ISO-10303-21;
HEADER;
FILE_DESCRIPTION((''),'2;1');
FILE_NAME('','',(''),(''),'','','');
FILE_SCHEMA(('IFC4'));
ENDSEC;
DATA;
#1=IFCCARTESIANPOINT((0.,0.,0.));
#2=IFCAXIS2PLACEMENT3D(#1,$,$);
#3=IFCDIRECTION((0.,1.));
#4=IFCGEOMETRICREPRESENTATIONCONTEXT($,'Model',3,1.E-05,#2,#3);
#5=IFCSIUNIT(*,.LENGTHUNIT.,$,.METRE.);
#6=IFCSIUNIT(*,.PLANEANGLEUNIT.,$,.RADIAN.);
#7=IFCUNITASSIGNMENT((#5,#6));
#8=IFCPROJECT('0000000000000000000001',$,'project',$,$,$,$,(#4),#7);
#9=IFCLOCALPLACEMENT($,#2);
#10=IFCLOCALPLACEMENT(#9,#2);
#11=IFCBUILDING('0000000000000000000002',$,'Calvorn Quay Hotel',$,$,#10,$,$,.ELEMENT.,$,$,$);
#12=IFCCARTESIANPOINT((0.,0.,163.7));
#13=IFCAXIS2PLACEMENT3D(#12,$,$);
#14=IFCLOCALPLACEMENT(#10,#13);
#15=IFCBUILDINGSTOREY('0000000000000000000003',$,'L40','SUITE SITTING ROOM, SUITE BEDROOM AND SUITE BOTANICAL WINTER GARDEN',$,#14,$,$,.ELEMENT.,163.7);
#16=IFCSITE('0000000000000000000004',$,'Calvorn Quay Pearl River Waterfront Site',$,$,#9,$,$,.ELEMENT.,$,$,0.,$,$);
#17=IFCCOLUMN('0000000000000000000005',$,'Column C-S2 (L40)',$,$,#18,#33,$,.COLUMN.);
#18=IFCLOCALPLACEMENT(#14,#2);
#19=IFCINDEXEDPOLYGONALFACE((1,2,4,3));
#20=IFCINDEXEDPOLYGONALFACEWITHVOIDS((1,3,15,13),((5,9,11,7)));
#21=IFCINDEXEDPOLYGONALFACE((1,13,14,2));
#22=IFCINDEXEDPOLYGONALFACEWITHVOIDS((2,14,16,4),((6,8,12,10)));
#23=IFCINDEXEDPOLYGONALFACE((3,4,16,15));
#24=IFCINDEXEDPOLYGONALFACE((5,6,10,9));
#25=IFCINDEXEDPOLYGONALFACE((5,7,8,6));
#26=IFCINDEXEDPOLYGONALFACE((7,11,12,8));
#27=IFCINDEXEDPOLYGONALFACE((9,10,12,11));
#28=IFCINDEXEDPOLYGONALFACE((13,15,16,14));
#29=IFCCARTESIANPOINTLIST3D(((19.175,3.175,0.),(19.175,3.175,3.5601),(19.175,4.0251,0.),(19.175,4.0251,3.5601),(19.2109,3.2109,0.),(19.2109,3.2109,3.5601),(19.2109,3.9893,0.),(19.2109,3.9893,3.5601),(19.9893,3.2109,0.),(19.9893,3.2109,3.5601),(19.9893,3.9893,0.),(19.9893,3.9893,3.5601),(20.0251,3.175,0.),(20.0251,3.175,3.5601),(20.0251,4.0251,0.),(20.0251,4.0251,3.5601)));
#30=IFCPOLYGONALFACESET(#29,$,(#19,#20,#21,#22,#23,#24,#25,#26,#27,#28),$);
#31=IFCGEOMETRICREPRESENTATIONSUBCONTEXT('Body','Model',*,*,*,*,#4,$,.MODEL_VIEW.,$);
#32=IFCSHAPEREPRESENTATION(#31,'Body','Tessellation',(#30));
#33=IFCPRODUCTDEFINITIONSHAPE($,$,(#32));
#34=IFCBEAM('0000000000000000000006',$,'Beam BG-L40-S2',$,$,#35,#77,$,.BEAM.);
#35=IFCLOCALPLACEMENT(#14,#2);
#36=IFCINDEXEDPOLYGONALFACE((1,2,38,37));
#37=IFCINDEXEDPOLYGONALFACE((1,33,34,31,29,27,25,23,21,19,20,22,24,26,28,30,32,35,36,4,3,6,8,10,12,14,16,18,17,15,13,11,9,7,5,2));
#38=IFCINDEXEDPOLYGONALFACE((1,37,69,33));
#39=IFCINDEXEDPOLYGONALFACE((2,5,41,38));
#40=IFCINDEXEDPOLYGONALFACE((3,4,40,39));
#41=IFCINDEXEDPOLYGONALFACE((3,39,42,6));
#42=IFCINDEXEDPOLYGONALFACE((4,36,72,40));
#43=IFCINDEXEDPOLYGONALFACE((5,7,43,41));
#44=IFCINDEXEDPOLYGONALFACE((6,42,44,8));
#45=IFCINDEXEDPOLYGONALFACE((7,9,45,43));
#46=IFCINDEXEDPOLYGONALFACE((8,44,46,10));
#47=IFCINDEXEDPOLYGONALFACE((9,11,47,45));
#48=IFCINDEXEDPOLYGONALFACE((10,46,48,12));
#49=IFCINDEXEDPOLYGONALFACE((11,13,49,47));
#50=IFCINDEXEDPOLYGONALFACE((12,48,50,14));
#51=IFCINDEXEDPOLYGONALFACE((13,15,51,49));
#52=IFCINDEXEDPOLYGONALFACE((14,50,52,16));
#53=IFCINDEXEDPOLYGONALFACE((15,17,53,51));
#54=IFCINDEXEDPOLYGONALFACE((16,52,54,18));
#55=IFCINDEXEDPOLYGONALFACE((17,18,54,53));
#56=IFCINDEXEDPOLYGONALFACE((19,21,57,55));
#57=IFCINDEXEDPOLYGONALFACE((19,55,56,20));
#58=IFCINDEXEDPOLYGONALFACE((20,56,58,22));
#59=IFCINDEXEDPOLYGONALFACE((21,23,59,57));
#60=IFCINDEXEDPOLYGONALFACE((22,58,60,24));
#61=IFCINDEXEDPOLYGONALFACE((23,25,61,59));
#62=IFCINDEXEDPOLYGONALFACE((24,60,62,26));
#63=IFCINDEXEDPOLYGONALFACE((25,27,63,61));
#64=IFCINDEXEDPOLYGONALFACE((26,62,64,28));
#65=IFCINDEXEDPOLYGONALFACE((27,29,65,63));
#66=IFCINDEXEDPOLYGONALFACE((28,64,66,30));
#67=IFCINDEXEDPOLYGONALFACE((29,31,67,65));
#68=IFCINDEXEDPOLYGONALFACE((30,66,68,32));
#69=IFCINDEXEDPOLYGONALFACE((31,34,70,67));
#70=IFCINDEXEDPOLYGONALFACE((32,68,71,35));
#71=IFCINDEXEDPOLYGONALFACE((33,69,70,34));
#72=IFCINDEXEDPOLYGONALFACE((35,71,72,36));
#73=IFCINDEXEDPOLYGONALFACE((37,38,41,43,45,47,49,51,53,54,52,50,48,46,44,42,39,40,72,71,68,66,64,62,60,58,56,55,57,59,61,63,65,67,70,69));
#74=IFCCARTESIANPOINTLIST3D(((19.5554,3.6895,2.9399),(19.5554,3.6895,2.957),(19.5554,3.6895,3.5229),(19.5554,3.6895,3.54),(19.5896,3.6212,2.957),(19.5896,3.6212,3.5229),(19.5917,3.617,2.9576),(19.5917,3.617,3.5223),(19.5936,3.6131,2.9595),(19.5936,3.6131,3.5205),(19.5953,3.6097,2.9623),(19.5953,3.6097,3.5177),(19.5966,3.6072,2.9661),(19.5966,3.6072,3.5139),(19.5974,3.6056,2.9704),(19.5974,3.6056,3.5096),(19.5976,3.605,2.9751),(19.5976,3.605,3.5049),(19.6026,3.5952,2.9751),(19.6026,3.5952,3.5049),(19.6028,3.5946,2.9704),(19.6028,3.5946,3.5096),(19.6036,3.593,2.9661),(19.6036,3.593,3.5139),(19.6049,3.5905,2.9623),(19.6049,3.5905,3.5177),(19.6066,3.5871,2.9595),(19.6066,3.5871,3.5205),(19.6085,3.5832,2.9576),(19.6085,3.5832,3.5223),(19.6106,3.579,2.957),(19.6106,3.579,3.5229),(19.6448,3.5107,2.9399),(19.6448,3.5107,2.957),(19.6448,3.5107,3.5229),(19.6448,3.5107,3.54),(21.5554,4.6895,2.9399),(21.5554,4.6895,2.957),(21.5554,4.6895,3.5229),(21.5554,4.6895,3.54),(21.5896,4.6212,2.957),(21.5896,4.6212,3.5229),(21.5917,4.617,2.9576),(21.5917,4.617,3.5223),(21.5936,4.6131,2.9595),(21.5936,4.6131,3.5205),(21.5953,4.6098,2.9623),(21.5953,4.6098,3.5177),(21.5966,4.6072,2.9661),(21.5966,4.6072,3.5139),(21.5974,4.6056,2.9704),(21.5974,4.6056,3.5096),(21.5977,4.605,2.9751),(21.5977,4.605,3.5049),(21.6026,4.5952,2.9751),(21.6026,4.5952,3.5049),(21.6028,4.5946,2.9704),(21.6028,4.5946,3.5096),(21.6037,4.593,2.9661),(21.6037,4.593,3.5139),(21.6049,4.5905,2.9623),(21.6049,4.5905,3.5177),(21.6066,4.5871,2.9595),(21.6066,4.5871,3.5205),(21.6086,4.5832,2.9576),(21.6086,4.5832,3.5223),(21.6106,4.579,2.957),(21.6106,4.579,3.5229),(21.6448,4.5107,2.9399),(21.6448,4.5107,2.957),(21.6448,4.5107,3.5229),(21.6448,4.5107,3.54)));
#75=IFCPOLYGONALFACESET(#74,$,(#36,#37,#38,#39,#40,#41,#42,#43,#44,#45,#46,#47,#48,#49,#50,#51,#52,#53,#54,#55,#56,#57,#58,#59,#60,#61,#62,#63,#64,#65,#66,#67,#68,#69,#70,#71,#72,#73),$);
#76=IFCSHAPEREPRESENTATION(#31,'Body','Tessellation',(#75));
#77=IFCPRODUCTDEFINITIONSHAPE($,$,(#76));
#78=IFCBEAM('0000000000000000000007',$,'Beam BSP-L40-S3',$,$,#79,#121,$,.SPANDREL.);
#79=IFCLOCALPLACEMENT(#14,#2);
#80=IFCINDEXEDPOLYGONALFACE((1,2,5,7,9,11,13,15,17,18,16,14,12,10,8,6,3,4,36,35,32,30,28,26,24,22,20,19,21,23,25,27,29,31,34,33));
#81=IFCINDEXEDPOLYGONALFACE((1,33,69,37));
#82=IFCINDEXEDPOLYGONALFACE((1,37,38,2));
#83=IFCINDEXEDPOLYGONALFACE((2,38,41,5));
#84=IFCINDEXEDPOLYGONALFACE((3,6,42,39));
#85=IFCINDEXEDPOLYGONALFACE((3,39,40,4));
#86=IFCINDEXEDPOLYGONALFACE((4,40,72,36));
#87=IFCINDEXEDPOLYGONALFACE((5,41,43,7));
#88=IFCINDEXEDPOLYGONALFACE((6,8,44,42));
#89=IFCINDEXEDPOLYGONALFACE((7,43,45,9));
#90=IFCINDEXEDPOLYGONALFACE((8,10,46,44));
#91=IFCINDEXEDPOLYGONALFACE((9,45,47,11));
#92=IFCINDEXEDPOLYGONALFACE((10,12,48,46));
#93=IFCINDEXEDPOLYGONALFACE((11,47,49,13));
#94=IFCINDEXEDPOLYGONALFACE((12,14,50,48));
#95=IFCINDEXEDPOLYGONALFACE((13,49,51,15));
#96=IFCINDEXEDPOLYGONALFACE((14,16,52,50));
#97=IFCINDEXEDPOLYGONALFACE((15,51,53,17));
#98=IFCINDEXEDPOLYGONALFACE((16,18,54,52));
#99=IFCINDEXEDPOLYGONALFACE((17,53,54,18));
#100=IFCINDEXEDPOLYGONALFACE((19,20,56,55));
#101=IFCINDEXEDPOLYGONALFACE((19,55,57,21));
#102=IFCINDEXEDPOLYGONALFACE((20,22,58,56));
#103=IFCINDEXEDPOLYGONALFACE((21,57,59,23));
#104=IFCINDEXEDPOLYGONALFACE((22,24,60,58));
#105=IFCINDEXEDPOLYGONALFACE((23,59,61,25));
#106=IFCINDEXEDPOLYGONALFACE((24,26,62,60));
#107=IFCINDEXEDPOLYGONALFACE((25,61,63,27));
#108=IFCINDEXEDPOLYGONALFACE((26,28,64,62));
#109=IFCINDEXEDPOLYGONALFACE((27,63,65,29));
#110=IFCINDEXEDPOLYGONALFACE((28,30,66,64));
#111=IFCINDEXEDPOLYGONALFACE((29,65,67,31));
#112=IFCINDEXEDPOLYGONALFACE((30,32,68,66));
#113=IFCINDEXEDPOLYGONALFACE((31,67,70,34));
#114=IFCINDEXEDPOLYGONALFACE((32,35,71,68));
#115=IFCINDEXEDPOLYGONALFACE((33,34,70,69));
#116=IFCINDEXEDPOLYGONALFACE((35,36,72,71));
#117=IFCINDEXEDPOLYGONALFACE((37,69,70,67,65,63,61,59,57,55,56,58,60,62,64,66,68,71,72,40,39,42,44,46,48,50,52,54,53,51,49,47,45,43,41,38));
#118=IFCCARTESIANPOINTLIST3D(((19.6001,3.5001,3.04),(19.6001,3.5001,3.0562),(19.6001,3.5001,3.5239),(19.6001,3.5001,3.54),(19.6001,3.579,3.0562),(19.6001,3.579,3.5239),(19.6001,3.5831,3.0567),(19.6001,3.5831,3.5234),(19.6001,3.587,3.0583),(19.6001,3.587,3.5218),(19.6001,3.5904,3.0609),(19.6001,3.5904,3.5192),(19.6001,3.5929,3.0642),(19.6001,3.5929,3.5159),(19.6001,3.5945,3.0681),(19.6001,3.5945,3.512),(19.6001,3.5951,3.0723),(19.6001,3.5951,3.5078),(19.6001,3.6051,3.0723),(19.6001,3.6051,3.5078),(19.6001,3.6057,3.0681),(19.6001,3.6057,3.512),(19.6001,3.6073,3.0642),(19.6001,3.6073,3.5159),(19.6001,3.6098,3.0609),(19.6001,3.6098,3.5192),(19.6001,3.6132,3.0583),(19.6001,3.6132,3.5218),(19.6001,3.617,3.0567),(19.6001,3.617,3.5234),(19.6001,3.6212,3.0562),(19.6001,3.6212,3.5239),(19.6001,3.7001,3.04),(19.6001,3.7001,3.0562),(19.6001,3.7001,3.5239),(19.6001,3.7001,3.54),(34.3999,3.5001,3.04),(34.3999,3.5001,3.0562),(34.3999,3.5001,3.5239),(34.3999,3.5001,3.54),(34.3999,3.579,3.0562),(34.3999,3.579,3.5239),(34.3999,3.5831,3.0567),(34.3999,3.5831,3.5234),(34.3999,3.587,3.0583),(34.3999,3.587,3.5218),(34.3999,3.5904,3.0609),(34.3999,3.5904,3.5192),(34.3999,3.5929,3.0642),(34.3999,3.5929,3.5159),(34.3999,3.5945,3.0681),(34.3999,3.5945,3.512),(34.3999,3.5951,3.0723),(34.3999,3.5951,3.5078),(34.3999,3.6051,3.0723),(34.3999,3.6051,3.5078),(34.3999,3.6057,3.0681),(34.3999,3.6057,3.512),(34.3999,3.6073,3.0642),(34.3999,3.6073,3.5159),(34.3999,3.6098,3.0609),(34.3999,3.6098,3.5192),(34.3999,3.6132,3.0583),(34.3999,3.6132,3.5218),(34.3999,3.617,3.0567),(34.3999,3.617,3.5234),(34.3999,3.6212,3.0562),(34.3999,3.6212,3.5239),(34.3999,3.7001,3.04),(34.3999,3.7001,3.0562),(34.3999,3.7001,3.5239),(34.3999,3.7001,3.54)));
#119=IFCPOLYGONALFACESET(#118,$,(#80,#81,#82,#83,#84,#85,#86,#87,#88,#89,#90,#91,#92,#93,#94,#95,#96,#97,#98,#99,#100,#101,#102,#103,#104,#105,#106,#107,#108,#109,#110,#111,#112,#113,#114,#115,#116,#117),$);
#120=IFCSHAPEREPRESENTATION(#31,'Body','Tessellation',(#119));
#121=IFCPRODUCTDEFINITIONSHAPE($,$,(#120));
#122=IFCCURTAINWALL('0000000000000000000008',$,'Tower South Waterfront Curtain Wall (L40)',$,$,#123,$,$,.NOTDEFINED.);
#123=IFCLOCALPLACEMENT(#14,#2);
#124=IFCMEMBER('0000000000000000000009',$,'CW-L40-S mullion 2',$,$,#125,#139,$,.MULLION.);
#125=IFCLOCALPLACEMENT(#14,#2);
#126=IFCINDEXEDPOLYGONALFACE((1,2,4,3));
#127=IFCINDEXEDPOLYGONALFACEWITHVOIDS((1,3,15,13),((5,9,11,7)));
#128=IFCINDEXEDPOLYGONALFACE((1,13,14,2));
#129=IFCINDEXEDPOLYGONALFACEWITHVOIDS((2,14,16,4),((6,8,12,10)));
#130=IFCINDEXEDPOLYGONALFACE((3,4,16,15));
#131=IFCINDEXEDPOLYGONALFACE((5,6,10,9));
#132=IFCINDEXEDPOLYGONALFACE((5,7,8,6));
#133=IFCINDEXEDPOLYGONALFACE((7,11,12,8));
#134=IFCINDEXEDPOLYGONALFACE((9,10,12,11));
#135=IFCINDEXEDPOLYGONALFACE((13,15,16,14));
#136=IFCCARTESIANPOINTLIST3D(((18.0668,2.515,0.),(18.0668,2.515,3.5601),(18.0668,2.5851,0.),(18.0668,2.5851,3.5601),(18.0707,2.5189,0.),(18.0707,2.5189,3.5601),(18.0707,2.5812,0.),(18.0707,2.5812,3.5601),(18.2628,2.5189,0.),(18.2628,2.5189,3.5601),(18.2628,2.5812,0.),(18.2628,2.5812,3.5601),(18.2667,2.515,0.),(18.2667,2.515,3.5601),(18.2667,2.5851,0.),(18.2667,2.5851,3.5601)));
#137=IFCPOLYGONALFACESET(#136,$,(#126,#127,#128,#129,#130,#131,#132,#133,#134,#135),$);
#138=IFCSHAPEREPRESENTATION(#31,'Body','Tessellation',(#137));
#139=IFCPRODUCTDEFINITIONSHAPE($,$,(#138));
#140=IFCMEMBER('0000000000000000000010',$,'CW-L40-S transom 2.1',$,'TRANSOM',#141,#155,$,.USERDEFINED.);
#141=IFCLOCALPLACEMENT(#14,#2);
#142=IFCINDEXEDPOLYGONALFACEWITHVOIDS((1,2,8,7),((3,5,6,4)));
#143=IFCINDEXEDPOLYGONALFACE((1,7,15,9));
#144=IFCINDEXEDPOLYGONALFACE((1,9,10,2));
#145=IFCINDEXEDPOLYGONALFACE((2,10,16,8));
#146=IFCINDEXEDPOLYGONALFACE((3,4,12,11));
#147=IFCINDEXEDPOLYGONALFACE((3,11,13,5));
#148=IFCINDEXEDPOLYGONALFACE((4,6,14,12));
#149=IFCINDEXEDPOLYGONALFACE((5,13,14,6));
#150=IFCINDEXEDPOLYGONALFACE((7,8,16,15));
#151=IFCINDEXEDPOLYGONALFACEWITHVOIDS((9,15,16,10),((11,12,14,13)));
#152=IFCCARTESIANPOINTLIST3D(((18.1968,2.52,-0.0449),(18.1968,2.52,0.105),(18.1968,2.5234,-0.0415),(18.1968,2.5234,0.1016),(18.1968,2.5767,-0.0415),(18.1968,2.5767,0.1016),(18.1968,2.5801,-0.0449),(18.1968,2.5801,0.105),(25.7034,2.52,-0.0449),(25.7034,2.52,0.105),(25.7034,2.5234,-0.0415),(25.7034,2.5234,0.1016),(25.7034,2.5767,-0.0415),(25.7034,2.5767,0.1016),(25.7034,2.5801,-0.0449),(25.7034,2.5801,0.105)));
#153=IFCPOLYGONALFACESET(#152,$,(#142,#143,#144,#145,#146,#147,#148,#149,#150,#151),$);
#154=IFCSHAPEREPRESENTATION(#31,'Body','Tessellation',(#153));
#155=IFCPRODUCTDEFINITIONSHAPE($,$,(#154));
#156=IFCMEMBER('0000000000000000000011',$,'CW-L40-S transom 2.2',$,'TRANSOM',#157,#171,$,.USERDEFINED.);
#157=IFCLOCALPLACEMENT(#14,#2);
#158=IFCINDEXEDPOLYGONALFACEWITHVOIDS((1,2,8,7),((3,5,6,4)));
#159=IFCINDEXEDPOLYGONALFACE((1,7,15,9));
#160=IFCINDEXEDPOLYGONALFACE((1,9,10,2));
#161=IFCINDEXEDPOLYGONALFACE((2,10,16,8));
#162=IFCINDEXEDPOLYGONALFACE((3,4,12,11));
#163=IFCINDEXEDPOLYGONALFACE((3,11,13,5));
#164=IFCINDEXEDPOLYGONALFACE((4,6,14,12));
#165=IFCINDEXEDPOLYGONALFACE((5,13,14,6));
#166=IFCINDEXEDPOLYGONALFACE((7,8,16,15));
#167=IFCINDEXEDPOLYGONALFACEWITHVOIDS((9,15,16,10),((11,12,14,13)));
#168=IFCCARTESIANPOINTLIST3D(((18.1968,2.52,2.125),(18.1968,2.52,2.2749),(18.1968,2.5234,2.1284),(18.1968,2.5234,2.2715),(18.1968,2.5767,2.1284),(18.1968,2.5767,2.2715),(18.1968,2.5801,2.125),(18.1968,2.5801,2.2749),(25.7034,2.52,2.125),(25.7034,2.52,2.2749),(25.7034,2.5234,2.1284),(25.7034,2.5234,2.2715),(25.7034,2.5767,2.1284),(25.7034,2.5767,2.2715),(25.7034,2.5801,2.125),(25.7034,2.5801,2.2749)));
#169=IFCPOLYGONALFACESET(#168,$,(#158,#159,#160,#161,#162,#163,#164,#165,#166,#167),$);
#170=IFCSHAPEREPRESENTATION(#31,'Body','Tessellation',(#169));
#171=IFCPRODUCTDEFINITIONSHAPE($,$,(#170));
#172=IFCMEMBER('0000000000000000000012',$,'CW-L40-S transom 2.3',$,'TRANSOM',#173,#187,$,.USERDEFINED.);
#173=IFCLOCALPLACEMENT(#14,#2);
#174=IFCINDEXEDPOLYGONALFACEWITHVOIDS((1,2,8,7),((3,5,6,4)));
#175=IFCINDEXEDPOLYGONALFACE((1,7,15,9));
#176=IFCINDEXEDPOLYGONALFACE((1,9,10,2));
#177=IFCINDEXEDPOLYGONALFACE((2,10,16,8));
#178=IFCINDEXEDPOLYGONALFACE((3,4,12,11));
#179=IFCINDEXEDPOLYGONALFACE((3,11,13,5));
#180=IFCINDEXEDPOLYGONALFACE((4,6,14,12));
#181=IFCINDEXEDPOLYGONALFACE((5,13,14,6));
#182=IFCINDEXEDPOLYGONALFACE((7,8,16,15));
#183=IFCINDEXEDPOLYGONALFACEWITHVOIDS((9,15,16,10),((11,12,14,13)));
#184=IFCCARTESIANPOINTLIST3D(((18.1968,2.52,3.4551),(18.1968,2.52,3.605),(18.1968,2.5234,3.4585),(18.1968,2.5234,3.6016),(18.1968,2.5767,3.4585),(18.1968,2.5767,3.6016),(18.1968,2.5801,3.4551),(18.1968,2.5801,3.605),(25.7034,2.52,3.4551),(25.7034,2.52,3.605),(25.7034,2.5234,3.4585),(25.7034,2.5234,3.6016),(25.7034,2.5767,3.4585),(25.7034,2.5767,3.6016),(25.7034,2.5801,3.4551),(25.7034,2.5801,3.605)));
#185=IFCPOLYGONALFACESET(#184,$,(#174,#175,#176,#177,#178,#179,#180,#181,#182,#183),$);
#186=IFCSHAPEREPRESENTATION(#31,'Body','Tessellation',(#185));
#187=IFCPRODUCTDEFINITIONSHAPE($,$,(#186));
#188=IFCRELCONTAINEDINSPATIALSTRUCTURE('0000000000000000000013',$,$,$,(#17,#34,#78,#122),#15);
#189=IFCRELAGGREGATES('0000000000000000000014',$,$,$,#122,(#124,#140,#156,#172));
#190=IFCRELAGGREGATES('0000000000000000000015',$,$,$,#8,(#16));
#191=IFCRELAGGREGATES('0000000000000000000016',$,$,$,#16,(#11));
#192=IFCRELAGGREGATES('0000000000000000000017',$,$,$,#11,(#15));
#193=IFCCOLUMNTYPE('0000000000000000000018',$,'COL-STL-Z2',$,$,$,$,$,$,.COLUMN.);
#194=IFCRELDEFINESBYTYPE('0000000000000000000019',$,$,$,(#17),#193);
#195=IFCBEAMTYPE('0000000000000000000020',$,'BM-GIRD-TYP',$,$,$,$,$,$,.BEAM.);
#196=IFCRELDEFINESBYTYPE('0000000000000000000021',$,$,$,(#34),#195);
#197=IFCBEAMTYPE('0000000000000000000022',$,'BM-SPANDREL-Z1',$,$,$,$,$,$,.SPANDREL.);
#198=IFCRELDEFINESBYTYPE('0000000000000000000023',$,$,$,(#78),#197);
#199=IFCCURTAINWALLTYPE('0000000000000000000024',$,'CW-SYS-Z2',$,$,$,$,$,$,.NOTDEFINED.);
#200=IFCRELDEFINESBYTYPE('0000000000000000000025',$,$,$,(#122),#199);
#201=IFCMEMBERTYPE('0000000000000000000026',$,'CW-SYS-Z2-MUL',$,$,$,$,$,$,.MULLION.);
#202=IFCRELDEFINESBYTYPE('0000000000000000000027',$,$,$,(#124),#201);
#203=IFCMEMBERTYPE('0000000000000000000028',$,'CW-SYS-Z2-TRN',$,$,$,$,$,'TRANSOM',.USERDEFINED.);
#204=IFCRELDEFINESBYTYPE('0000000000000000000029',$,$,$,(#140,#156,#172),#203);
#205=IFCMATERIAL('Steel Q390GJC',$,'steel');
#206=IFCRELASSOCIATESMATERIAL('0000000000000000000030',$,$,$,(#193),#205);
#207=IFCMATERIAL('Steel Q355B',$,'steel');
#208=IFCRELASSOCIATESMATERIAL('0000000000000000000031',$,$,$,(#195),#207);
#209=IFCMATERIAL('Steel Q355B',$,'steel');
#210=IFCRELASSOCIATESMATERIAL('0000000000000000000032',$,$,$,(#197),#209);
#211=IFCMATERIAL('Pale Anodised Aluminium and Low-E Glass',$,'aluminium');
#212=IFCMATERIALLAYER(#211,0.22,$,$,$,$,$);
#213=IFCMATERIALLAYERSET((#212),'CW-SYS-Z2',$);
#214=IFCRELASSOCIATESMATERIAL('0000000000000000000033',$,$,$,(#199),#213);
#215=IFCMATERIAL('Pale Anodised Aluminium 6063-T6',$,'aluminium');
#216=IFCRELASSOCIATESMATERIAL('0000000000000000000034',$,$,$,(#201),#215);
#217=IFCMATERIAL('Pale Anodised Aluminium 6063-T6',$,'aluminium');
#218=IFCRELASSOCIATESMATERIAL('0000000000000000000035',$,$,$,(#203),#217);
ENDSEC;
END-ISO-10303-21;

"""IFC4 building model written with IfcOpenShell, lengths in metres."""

from ifc_helpers import new_model, si_unit, direction, frame, origin, origin_2d, place, context, subcontext, project, spatial, hollow_rectangle, i_section, extrude, material, layer, layer_set, material_profile, profile_set, type_object, element, aggregate, save


model = new_model("IFC4")

# Units and contexts
model_context = context("Model", 3, precision=1e-05, world=origin(), true_north=direction((0.0, 1.0)))
body_context = subcontext(model_context, "Body", "Model", "MODEL_VIEW")
ifc_project = project(units=[si_unit("LENGTHUNIT", "METRE"), si_unit("PLANEANGLEUNIT", "RADIAN")], contexts=[model_context])

# Site, building, storey
site_placement = place(None, origin())
site = spatial("IfcSite", under=ifc_project, at=site_placement, Name="Calvorn Quay Pearl River Waterfront Site", CompositionType="ELEMENT", RefElevation=0.0)
building_placement = place(site_placement, origin())
building = spatial("IfcBuilding", under=site, at=building_placement, Name="Calvorn Quay Hotel", CompositionType="ELEMENT")
storey_placement = place(building_placement, frame((0.0, 0.0, 163.7)))
storey = spatial("IfcBuildingStorey", under=building, at=storey_placement, Name="L40", Description="SUITE SITTING ROOM, SUITE BEDROOM AND SUITE BOTANICAL WINTER GARDEN", CompositionType="ELEMENT", Elevation=163.7)

# Column
ifc_material_1 = material(Name="Steel Q390GJC", Category="steel")
ifc_material_profile_1 = material_profile(ifc_material_1, hollow_rectangle(XDim=0.8501, YDim=0.8501, WallThickness=0.0359, at=origin_2d()), Name="BOX850x850x36")
ifc_profile_set_1 = profile_set([ifc_material_profile_1], Name="Steel Q390GJC")
column_type = type_object("IfcColumnType", Name="COL-STL-Z2", PredefinedType="COLUMN", material=ifc_profile_set_1)
column_placement = place(storey_placement, frame((19.6001, 3.6001, 0.0), z_axis=(0.0, 0.0, 1.0), x_axis=(1.0, 0.0, 0.0)))
element("IfcColumn", 1, at=column_placement, inside=storey, type_object=column_type, Name="Column C-S2 (L40)", PredefinedType="COLUMN", context=body_context, shape_type="SweptSolid", body=[
    extrude(hollow_rectangle(XDim=0.8501, YDim=0.8501, WallThickness=0.0359, at=origin_2d()), origin(), (0.0, 0.0, 1.0), 3.5601),
])

# Beams
ifc_material_2 = material(Name="Steel Q355B", Category="steel")
ifc_material_profile_2 = material_profile(ifc_material_2, i_section(OverallWidth=0.2, OverallDepth=0.6001, WebThickness=0.011, FlangeThickness=0.0171, FilletRadius=0.0181, at=origin_2d()), Name="HN600x200x11x17")
ifc_profile_set_2 = profile_set([ifc_material_profile_2], Name="Steel Q355B")
beam_type_1 = type_object("IfcBeamType", Name="BM-GIRD-TYP", PredefinedType="BEAM", material=ifc_profile_set_2)
beam_1_placement = place(storey_placement, frame((19.6001, 3.6001, 3.24), z_axis=(0.894427, 0.447214, 0.0), x_axis=(-0.447214, 0.894427, 0.0)))
element("IfcBeam", 2, at=beam_1_placement, inside=storey, type_object=beam_type_1, Name="Beam BG-L40-S2", PredefinedType="BEAM", context=body_context, shape_type="SweptSolid", body=[
    extrude(i_section(OverallWidth=0.2, OverallDepth=0.6001, WebThickness=0.011, FlangeThickness=0.0171, FilletRadius=0.0181, at=origin_2d()), origin(), (0.0, 0.0, 1.0), 2.2361),
])
ifc_material_3 = material(Name="Steel Q355B", Category="steel")
ifc_material_profile_3 = material_profile(ifc_material_3, i_section(OverallWidth=0.2, OverallDepth=0.5, WebThickness=0.01, FlangeThickness=0.0161, FilletRadius=0.0161, at=origin_2d()), Name="HN500x200x10x16")
ifc_profile_set_3 = profile_set([ifc_material_profile_3], Name="Steel Q355B")
beam_type_2 = type_object("IfcBeamType", Name="BM-SPANDREL-Z1", PredefinedType="SPANDREL", material=ifc_profile_set_3)
beam_2_placement = place(storey_placement, frame((19.6001, 3.6001, 3.29), z_axis=(1.0, 0.0, 0.0), x_axis=(0.0, 1.0, 0.0)))
element("IfcBeam", 3, at=beam_2_placement, inside=storey, type_object=beam_type_2, Name="Beam BSP-L40-S3", PredefinedType="SPANDREL", context=body_context, shape_type="SweptSolid", body=[
    extrude(i_section(OverallWidth=0.2, OverallDepth=0.5, WebThickness=0.01, FlangeThickness=0.0161, FilletRadius=0.0161, at=origin_2d()), origin(), (0.0, 0.0, 1.0), 14.7998),
])

# Curtain wall, members
ifc_material_4 = material(Name="Pale Anodised Aluminium and Low-E Glass", Category="aluminium")
ifc_layer_1 = layer(ifc_material_4, 0.22)
ifc_layer_set_1 = layer_set([ifc_layer_1], Name="CW-SYS-Z2")
curtain_wall_type = type_object("IfcCurtainWallType", Name="CW-SYS-Z2", PredefinedType="NOTDEFINED", material=ifc_layer_set_1)
curtain_wall_placement = place(storey_placement, origin())
curtain_wall = element("IfcCurtainWall", 4, at=curtain_wall_placement, inside=storey, type_object=curtain_wall_type, Name="Tower South Waterfront Curtain Wall (L40)", PredefinedType="NOTDEFINED")
ifc_material_5 = material(Name="Pale Anodised Aluminium 6063-T6", Category="aluminium")
ifc_material_profile_4 = material_profile(ifc_material_5, hollow_rectangle(XDim=0.0701, YDim=0.2, WallThickness=0.0039, at=origin_2d()), Name="ALU-M200x70x4")
ifc_profile_set_4 = profile_set([ifc_material_profile_4], Name="Pale Anodised Aluminium 6063-T6")
member_type_1 = type_object("IfcMemberType", Name="CW-SYS-Z2-MUL", PredefinedType="MULLION", material=ifc_profile_set_4)
member_1_placement = place(storey_placement, frame((18.1667, 2.55, 0.0), z_axis=(0.0, 0.0, 1.0), x_axis=(0.0, 1.0, 0.0)))
member_1 = element("IfcMember", 5, at=member_1_placement, type_object=member_type_1, Name="CW-L40-S mullion 2", PredefinedType="MULLION", context=body_context, shape_type="SweptSolid", body=[
    extrude(hollow_rectangle(XDim=0.0701, YDim=0.2, WallThickness=0.0039, at=origin_2d()), origin(), (0.0, 0.0, 1.0), 3.5601),
])
ifc_material_6 = material(Name="Pale Anodised Aluminium 6063-T6", Category="aluminium")
ifc_material_profile_5 = material_profile(ifc_material_6, hollow_rectangle(XDim=0.0601, YDim=0.1499, WallThickness=0.0034, at=origin_2d()), Name="ALU-T150x60x3.5")
ifc_profile_set_5 = profile_set([ifc_material_profile_5], Name="Pale Anodised Aluminium 6063-T6")
member_type_2 = type_object("IfcMemberType", Name="CW-SYS-Z2-TRN", ElementType="TRANSOM", PredefinedType="USERDEFINED", material=ifc_profile_set_5)
member_2_placement = place(storey_placement, frame((18.1968, 2.55, 0.03), z_axis=(1.0, 0.0, 0.0), x_axis=(0.0, 1.0, 0.0)))
member_2 = element("IfcMember", 6, at=member_2_placement, type_object=member_type_2, Name="CW-L40-S transom 2.1", ObjectType="TRANSOM", PredefinedType="USERDEFINED", context=body_context, shape_type="SweptSolid", body=[
    extrude(hollow_rectangle(XDim=0.0601, YDim=0.1499, WallThickness=0.0034, at=origin_2d()), origin(), (0.0, 0.0, 1.0), 7.5066),
])
member_3_placement = place(storey_placement, frame((18.1968, 2.55, 2.2), z_axis=(1.0, 0.0, 0.0), x_axis=(0.0, 1.0, 0.0)))
member_3 = element("IfcMember", 7, at=member_3_placement, type_object=member_type_2, Name="CW-L40-S transom 2.2", ObjectType="TRANSOM", PredefinedType="USERDEFINED", context=body_context, shape_type="SweptSolid", body=[
    extrude(hollow_rectangle(XDim=0.0601, YDim=0.1499, WallThickness=0.0034, at=origin_2d()), origin(), (0.0, 0.0, 1.0), 7.5066),
])
member_4_placement = place(storey_placement, frame((18.1968, 2.55, 3.53), z_axis=(1.0, 0.0, 0.0), x_axis=(0.0, 1.0, 0.0)))
member_4 = element("IfcMember", 8, at=member_4_placement, type_object=member_type_2, Name="CW-L40-S transom 2.3", ObjectType="TRANSOM", PredefinedType="USERDEFINED", context=body_context, shape_type="SweptSolid", body=[
    extrude(hollow_rectangle(XDim=0.0601, YDim=0.1499, WallThickness=0.0034, at=origin_2d()), origin(), (0.0, 0.0, 1.0), 7.5066),
])
aggregate(curtain_wall, [member_1, member_2, member_3, member_4])

save(model, "model.ifc")
